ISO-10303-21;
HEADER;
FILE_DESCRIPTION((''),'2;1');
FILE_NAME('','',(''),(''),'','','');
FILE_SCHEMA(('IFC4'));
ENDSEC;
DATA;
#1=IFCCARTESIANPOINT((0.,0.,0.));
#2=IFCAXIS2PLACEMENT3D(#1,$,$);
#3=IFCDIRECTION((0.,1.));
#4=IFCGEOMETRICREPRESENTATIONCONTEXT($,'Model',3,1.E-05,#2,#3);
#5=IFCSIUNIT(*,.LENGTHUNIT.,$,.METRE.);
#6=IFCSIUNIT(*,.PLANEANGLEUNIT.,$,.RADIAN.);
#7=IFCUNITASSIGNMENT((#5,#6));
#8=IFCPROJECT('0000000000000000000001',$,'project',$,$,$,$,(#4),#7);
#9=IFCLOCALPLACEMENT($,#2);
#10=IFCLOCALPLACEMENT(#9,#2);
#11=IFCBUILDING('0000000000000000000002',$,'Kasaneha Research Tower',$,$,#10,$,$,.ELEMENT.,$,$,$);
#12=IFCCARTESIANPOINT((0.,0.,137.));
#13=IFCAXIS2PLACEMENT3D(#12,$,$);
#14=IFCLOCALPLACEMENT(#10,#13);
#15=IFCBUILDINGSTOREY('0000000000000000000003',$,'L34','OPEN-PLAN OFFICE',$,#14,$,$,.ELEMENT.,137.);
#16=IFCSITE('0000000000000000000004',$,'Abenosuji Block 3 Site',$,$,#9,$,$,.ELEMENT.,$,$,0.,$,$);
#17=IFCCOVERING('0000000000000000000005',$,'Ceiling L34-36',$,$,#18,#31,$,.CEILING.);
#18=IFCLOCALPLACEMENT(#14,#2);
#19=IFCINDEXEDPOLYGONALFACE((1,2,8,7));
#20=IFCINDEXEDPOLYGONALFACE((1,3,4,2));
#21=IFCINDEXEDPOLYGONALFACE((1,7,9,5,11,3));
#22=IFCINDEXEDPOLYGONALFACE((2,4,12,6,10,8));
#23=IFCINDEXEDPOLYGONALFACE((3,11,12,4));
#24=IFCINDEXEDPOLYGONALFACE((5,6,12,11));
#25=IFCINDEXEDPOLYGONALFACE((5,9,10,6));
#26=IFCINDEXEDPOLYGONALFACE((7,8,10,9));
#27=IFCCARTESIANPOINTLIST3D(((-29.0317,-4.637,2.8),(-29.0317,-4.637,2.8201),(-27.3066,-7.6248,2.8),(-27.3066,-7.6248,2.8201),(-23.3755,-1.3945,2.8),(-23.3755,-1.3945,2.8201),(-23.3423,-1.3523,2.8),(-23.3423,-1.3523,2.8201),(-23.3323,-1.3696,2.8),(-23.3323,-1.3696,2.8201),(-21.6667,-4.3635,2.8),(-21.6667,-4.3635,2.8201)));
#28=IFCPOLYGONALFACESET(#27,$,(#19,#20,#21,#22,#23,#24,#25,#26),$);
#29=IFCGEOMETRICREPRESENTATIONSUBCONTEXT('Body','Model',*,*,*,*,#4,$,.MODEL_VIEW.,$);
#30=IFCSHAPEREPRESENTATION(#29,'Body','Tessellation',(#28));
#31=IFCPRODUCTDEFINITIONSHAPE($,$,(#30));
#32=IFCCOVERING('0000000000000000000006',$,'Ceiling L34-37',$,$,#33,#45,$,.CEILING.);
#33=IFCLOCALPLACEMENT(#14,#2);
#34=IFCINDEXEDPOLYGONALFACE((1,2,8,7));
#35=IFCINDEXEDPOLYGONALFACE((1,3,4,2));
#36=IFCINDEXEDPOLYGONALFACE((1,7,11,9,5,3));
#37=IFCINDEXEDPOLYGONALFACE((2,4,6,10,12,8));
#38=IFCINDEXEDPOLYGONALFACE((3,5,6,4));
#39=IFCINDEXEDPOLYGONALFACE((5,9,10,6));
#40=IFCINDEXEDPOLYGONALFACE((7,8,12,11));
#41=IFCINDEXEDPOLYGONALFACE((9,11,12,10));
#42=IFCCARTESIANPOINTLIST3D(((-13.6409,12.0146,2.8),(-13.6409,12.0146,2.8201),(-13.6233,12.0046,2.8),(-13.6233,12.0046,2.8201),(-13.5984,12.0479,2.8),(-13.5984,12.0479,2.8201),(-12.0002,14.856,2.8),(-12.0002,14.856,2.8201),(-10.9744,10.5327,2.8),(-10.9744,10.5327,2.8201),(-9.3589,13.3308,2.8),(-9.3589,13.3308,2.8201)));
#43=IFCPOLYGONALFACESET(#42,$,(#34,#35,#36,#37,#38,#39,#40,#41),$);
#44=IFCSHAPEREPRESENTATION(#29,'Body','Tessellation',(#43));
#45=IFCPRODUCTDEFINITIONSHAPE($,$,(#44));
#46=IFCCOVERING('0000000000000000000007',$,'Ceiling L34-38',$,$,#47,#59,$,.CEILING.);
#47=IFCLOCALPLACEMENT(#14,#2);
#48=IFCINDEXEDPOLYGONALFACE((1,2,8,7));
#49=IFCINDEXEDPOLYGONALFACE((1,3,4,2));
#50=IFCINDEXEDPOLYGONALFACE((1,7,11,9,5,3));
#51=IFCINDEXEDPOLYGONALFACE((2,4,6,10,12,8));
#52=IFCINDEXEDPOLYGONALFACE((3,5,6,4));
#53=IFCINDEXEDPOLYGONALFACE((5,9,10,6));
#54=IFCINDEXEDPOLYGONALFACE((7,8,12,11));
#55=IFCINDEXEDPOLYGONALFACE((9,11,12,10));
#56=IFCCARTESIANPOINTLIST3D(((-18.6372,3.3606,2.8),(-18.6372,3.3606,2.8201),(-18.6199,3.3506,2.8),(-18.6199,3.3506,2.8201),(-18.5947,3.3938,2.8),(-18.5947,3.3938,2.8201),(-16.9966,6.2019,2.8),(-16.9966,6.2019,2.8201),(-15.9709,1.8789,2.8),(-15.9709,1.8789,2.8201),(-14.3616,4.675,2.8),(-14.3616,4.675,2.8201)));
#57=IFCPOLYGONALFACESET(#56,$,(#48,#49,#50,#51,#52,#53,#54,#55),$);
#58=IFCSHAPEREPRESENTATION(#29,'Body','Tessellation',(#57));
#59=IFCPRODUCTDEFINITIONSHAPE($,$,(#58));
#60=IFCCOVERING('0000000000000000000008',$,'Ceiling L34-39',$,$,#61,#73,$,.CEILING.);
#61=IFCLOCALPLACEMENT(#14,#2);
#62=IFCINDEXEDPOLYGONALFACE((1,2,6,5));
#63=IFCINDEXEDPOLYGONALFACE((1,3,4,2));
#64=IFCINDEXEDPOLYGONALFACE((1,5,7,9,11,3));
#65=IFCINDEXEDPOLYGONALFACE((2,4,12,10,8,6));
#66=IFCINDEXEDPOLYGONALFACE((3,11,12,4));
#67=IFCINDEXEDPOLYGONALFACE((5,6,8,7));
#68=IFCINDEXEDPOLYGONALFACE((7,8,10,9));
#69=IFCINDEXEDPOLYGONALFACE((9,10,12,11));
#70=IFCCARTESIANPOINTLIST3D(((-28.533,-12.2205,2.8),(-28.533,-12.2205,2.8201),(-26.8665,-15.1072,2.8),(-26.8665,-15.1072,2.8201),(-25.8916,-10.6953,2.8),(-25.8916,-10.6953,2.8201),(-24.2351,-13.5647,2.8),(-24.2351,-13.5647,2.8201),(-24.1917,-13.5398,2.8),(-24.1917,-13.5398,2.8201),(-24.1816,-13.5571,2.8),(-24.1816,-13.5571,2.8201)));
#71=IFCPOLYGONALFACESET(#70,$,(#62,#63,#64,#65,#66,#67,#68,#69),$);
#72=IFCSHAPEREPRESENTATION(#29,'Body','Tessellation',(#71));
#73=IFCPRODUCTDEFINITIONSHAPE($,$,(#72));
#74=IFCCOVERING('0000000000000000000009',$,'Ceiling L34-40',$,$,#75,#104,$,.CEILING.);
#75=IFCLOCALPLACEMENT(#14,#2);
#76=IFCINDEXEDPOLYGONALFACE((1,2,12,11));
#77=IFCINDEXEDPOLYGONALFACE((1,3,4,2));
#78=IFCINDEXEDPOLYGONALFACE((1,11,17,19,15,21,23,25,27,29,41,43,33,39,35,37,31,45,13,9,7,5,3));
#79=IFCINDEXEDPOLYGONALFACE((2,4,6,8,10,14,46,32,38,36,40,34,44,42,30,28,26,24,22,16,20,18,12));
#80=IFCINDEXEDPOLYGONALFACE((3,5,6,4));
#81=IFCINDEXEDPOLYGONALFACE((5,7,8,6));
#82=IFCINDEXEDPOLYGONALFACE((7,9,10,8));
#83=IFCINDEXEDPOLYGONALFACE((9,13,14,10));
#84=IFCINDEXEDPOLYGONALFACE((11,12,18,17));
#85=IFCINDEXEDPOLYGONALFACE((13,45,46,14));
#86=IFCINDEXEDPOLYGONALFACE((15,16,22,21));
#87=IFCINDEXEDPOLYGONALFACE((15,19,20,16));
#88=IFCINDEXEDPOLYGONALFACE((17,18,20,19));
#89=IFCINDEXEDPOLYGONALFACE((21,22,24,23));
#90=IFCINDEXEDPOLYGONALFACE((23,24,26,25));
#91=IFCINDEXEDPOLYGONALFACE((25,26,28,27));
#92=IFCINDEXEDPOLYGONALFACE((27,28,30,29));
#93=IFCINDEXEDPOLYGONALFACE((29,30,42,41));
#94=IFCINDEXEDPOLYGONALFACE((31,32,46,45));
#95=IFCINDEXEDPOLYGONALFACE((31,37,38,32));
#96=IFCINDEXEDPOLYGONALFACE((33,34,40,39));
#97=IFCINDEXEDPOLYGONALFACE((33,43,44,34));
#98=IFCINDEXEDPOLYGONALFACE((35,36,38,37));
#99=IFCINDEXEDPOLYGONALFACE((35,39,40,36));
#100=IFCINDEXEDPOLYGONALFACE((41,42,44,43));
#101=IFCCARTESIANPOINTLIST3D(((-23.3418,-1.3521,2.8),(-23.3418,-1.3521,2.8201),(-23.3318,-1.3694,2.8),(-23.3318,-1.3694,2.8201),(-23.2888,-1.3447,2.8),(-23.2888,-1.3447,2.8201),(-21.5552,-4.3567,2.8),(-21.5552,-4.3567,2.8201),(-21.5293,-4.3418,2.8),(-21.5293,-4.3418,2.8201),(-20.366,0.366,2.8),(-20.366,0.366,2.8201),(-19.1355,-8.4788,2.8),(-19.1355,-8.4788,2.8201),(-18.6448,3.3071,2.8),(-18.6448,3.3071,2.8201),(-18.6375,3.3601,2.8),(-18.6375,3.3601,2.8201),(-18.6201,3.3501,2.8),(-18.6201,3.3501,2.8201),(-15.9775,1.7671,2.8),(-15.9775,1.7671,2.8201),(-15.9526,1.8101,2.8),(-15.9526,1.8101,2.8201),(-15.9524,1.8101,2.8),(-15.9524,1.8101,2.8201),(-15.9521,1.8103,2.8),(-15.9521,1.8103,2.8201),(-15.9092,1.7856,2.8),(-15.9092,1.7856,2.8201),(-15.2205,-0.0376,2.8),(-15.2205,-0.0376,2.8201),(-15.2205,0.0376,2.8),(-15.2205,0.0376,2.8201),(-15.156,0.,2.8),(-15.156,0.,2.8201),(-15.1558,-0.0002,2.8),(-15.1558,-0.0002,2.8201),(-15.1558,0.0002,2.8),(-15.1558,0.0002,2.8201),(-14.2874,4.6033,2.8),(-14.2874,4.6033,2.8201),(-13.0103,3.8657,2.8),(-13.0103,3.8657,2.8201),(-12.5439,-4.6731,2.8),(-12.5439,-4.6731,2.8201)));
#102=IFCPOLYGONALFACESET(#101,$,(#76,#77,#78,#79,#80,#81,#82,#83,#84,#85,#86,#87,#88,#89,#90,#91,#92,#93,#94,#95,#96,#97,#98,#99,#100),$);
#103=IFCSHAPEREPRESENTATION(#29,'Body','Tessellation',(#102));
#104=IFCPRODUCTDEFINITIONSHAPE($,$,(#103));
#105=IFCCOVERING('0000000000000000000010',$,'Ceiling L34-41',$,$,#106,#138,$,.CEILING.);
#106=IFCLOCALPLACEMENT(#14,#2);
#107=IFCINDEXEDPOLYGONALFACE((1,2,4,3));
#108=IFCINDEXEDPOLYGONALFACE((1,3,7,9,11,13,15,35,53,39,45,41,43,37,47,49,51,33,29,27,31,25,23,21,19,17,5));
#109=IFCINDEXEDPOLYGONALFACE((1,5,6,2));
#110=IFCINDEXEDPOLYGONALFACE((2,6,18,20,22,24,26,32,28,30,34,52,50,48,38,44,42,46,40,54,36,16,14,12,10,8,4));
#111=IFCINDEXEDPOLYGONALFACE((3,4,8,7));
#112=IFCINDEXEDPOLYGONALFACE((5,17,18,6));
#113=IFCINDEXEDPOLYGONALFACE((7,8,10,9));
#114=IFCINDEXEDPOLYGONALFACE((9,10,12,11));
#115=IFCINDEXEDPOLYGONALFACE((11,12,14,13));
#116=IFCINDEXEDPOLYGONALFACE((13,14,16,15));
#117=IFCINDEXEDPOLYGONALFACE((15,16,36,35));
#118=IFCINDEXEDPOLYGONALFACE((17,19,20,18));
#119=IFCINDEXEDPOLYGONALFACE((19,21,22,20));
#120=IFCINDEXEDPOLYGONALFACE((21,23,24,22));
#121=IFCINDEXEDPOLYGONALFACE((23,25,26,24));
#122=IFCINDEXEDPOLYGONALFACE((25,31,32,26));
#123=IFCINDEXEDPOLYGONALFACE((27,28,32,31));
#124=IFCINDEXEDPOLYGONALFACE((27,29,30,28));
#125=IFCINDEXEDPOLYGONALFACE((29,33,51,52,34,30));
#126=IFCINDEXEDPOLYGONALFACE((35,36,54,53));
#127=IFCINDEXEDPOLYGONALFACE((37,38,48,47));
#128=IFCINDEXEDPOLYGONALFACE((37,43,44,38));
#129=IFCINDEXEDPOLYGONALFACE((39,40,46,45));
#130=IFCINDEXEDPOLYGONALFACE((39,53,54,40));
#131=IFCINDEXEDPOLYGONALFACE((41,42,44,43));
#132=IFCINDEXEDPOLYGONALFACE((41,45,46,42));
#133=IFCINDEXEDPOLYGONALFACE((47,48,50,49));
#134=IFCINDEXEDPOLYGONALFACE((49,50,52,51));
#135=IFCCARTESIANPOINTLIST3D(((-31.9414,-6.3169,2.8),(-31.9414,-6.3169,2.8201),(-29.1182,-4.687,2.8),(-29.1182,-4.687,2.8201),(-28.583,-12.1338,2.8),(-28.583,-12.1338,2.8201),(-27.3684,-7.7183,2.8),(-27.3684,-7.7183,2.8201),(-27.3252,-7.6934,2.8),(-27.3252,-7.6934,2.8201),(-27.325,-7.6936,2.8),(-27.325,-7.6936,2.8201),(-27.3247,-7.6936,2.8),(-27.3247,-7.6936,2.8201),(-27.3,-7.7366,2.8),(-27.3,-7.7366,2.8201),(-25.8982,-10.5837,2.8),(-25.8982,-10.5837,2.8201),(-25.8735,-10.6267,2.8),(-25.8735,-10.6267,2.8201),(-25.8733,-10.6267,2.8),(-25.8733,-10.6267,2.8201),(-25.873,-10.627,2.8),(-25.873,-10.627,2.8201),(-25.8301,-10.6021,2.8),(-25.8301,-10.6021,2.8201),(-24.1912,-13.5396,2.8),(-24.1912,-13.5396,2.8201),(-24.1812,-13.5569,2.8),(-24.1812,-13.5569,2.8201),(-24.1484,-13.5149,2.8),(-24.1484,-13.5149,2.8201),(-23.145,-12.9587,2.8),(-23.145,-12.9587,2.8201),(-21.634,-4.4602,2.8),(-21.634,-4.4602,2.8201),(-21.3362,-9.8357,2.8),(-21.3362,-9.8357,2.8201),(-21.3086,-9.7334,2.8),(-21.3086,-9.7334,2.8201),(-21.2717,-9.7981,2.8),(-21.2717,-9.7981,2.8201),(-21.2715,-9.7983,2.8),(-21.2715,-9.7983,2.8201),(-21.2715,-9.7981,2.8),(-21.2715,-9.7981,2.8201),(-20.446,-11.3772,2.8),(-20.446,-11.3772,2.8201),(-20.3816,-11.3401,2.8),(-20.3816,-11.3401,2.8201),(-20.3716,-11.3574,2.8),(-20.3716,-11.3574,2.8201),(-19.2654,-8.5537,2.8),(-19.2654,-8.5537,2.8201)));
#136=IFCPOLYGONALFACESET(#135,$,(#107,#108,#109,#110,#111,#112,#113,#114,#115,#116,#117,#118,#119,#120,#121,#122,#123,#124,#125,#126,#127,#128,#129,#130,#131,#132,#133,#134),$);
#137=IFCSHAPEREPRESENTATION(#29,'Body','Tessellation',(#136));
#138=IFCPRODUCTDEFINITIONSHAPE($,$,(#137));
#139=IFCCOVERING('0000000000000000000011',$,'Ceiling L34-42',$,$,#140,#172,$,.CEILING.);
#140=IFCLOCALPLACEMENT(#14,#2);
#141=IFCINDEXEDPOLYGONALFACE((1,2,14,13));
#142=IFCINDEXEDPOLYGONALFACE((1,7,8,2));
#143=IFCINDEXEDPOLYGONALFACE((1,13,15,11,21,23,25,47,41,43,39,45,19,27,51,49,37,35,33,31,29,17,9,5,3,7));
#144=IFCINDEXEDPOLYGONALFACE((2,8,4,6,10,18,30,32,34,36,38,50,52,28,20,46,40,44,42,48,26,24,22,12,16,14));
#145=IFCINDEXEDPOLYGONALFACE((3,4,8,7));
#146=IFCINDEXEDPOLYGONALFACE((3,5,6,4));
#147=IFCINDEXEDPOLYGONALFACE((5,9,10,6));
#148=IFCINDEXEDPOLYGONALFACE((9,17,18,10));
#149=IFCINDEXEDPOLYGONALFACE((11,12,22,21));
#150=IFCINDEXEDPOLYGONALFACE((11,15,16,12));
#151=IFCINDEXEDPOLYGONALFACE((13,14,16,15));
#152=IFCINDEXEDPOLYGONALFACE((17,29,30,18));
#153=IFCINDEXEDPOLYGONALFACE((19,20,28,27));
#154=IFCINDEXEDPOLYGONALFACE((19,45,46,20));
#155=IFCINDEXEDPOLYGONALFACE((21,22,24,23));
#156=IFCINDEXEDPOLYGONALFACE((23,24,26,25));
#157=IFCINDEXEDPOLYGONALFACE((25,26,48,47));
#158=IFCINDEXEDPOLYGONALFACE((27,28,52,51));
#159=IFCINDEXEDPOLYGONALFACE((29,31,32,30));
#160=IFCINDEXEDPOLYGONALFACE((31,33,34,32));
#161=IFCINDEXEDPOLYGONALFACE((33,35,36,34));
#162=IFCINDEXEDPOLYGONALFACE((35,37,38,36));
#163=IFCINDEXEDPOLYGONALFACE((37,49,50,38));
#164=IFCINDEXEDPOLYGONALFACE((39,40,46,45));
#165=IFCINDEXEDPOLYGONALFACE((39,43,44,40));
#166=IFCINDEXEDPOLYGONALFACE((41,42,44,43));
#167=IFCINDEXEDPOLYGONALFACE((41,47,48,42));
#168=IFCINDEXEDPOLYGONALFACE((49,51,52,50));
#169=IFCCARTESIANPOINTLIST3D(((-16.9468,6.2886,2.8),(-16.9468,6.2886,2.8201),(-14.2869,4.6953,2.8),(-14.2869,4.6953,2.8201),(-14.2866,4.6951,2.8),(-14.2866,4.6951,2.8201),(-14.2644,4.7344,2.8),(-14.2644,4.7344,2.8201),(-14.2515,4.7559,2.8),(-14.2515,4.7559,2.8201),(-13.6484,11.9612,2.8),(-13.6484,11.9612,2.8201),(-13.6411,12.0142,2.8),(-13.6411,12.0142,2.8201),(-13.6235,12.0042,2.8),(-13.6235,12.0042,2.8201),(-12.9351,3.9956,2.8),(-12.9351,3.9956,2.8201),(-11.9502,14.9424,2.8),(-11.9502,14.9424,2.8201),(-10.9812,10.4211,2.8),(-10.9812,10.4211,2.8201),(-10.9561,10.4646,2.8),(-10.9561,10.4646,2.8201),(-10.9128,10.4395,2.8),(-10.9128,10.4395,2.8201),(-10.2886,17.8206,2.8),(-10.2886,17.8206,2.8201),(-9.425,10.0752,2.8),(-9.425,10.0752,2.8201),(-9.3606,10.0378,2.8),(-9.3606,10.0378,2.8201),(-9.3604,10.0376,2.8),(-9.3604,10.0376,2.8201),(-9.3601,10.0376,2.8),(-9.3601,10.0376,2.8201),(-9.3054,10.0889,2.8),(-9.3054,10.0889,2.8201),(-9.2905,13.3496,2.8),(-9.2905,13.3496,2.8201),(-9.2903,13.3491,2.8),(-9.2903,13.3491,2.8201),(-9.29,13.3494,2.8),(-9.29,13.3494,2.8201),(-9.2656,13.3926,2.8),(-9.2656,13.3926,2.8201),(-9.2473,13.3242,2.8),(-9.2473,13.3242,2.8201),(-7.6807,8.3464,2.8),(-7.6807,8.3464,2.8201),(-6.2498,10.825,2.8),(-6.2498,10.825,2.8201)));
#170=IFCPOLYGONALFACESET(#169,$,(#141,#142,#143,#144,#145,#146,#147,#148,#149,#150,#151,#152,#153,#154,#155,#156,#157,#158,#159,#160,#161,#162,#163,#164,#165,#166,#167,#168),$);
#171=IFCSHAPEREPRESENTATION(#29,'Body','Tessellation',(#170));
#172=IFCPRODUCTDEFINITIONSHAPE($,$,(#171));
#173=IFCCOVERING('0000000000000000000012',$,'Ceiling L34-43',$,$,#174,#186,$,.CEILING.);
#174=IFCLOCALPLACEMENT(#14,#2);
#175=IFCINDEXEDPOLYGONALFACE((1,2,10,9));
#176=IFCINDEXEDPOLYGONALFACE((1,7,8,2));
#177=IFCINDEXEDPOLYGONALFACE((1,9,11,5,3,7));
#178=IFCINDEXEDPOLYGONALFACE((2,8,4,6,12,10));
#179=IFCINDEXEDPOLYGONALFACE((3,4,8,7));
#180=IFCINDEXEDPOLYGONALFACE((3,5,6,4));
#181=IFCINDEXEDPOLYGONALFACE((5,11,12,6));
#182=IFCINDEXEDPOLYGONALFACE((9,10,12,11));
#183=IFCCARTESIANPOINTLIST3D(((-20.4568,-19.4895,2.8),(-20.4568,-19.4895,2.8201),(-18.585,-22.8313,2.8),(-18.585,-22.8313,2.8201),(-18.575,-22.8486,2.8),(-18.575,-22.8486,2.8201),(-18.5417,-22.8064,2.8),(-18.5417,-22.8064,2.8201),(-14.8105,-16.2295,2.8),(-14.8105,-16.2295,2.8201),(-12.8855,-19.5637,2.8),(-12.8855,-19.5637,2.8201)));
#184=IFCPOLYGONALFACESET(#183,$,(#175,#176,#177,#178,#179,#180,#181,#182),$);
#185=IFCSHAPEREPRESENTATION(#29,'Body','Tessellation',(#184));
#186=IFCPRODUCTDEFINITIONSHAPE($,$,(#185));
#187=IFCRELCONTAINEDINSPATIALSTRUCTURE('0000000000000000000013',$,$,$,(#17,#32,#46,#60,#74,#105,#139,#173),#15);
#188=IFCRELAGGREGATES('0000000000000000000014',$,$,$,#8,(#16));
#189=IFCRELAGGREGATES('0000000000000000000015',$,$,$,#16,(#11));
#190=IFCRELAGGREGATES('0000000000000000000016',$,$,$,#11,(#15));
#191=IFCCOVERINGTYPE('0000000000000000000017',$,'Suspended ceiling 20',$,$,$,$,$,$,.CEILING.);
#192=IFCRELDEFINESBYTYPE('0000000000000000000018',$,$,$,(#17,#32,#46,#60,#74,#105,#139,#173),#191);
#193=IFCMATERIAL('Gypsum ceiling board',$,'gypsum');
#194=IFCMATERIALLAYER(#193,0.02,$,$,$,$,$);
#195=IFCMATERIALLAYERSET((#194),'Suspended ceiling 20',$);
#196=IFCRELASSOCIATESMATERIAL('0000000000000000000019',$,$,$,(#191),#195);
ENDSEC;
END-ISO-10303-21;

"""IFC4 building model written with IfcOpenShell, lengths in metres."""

from ifc_helpers import new_model, si_unit, direction, frame, origin, place, context, subcontext, project, spatial, polyline, outline, extrude, material, layer, layer_set, type_object, element, save


model = new_model("IFC4")

# Units and contexts
model_context = context("Model", 3, precision=1e-05, world=origin(), true_north=direction((0.0, 1.0)))
body_context = subcontext(model_context, "Body", "Model", "MODEL_VIEW")
ifc_project = project(units=[si_unit("LENGTHUNIT", "METRE"), si_unit("PLANEANGLEUNIT", "RADIAN")], contexts=[model_context])

# Site, building, storey
site_placement = place(None, origin())
site = spatial("IfcSite", under=ifc_project, at=site_placement, Name="Abenosuji Block 3 Site", CompositionType="ELEMENT", RefElevation=0.0)
building_placement = place(site_placement, origin())
building = spatial("IfcBuilding", under=site, at=building_placement, Name="Kasaneha Research Tower", CompositionType="ELEMENT")
storey_placement = place(building_placement, frame((0.0, 0.0, 137.0)))
storey = spatial("IfcBuildingStorey", under=building, at=storey_placement, Name="L34", Description="OPEN-PLAN OFFICE", CompositionType="ELEMENT", Elevation=137.0)

# Coverings
ifc_material_1 = material(Name="Gypsum ceiling board", Category="gypsum")
ifc_layer_1 = layer(ifc_material_1, 0.02)
ifc_layer_set_1 = layer_set([ifc_layer_1], Name="Suspended ceiling 20")
covering_type_1 = type_object("IfcCoveringType", Name="Suspended ceiling 20", PredefinedType="CEILING", material=ifc_layer_set_1)
covering_1_placement = place(storey_placement, frame((0.0, 0.0, 2.8)))
element("IfcCovering", 1, at=covering_1_placement, inside=storey, type_object=covering_type_1, Name="Ceiling L34-36", PredefinedType="CEILING", context=body_context, shape_type="SweptSolid", body=[
    extrude(outline(polyline([(-23.3423, -1.3523), (-23.3323, -1.3696), (-23.3755, -1.3945), (-21.6667, -4.3635), (-27.3066, -7.6248), (-29.0317, -4.637), (-23.3423, -1.3523)])), origin(), (0.0, 0.0, 1.0), 0.02),
])
covering_2_placement = place(storey_placement, frame((0.0, 0.0, 2.8)))
element("IfcCovering", 2, at=covering_2_placement, inside=storey, type_object=covering_type_1, Name="Ceiling L34-37", PredefinedType="CEILING", context=body_context, shape_type="SweptSolid", body=[
    extrude(outline(polyline([(-12.0002, 14.856), (-9.3589, 13.3308), (-10.9744, 10.5327), (-13.5984, 12.0479), (-13.6233, 12.0046), (-13.6409, 12.0146), (-12.0002, 14.856)])), origin(), (0.0, 0.0, 1.0), 0.02),
])
covering_3_placement = place(storey_placement, frame((0.0, 0.0, 2.8)))
element("IfcCovering", 3, at=covering_3_placement, inside=storey, type_object=covering_type_1, Name="Ceiling L34-38", PredefinedType="CEILING", context=body_context, shape_type="SweptSolid", body=[
    extrude(outline(polyline([(-16.9966, 6.2019), (-14.3616, 4.675), (-15.9709, 1.8789), (-18.5947, 3.3938), (-18.6199, 3.3506), (-18.6372, 3.3606), (-16.9966, 6.2019)])), origin(), (0.0, 0.0, 1.0), 0.02),
])
covering_4_placement = place(storey_placement, frame((0.0, 0.0, 2.8)))
element("IfcCovering", 4, at=covering_4_placement, inside=storey, type_object=covering_type_1, Name="Ceiling L34-39", PredefinedType="CEILING", context=body_context, shape_type="SweptSolid", body=[
    extrude(outline(polyline([(-28.533, -12.2205), (-25.8916, -10.6953), (-24.2351, -13.5647), (-24.1917, -13.5398), (-24.1816, -13.5571), (-26.8665, -15.1072), (-28.533, -12.2205)])), origin(), (0.0, 0.0, 1.0), 0.02),
])
covering_5_placement = place(storey_placement, frame((0.0, 0.0, 2.8)))
element("IfcCovering", 5, at=covering_5_placement, inside=storey, type_object=covering_type_1, Name="Ceiling L34-40", PredefinedType="CEILING", context=body_context, shape_type="SweptSolid", body=[
    extrude(outline(polyline([(-15.1558, -0.0002), (-15.2205, -0.0376), (-12.5439, -4.6731), (-19.1355, -8.4788), (-21.5293, -4.3418), (-21.5552, -4.3567), (-23.2888, -1.3447), (-23.3318, -1.3694), (-23.3418, -1.3521), (-20.366, 0.366), (-18.6375, 3.3601), (-18.6201, 3.3501), (-18.6448, 3.3071), (-15.9775, 1.7671), (-15.9526, 1.8101), (-15.9524, 1.8101), (-15.9521, 1.8103), (-15.9092, 1.7856), (-14.2874, 4.6033), (-13.0103, 3.8657), (-15.2205, 0.0376), (-15.1558, 0.0002), (-15.156, 0.0), (-15.1558, -0.0002)])), origin(), (0.0, 0.0, 1.0), 0.02),
])
covering_6_placement = place(storey_placement, frame((0.0, 0.0, 2.8)))
element("IfcCovering", 6, at=covering_6_placement, inside=storey, type_object=covering_type_1, Name="Ceiling L34-41", PredefinedType="CEILING", context=body_context, shape_type="SweptSolid", body=[
    extrude(outline(polyline([(-21.2715, -9.7983), (-21.3362, -9.8357), (-20.446, -11.3772), (-20.3816, -11.3401), (-20.3716, -11.3574), (-23.145, -12.9587), (-24.1812, -13.5569), (-24.1912, -13.5396), (-24.1484, -13.5149), (-25.8301, -10.6021), (-25.873, -10.627), (-25.8733, -10.6267), (-25.8735, -10.6267), (-25.8982, -10.5837), (-28.583, -12.1338), (-31.9414, -6.3169), (-29.1182, -4.687), (-27.3684, -7.7183), (-27.3252, -7.6934), (-27.325, -7.6936), (-27.3247, -7.6936), (-27.3, -7.7366), (-21.634, -4.4602), (-19.2654, -8.5537), (-21.3086, -9.7334), (-21.2715, -9.7981), (-21.2717, -9.7981), (-21.2715, -9.7983)])), origin(), (0.0, 0.0, 1.0), 0.02),
])
covering_7_placement = place(storey_placement, frame((0.0, 0.0, 2.8)))
element("IfcCovering", 7, at=covering_7_placement, inside=storey, type_object=covering_type_1, Name="Ceiling L34-42", PredefinedType="CEILING", context=body_context, shape_type="SweptSolid", body=[
    extrude(outline(polyline([(-9.3606, 10.0378), (-9.3606, 10.0378), (-9.425, 10.0752), (-12.9351, 3.9956), (-14.2515, 4.7559), (-14.2866, 4.6951), (-14.2869, 4.6953), (-14.2644, 4.7344), (-16.9468, 6.2886), (-13.6411, 12.0142), (-13.6235, 12.0042), (-13.6484, 11.9612), (-10.9812, 10.4211), (-10.9561, 10.4646), (-10.9128, 10.4395), (-9.2473, 13.3242), (-9.2903, 13.3491), (-9.29, 13.3494), (-9.2905, 13.3496), (-9.2656, 13.3926), (-11.9502, 14.9424), (-10.2886, 17.8206), (-6.2498, 10.825), (-7.6807, 8.3464), (-9.3054, 10.0889), (-9.3601, 10.0376), (-9.3604, 10.0376), (-9.3606, 10.0378)])), origin(), (0.0, 0.0, 1.0), 0.02),
])
covering_8_placement = place(storey_placement, frame((0.0, 0.0, 2.8)))
element("IfcCovering", 8, at=covering_8_placement, inside=storey, type_object=covering_type_1, Name="Ceiling L34-43", PredefinedType="CEILING", context=body_context, shape_type="SweptSolid", body=[
    extrude(outline(polyline([(-18.575, -22.8486), (-18.585, -22.8313), (-18.5417, -22.8064), (-20.4568, -19.4895), (-14.8105, -16.2295), (-12.8855, -19.5637), (-18.575, -22.8486)])), origin(), (0.0, 0.0, 1.0), 0.02),
])

save(model, "model.ifc")
